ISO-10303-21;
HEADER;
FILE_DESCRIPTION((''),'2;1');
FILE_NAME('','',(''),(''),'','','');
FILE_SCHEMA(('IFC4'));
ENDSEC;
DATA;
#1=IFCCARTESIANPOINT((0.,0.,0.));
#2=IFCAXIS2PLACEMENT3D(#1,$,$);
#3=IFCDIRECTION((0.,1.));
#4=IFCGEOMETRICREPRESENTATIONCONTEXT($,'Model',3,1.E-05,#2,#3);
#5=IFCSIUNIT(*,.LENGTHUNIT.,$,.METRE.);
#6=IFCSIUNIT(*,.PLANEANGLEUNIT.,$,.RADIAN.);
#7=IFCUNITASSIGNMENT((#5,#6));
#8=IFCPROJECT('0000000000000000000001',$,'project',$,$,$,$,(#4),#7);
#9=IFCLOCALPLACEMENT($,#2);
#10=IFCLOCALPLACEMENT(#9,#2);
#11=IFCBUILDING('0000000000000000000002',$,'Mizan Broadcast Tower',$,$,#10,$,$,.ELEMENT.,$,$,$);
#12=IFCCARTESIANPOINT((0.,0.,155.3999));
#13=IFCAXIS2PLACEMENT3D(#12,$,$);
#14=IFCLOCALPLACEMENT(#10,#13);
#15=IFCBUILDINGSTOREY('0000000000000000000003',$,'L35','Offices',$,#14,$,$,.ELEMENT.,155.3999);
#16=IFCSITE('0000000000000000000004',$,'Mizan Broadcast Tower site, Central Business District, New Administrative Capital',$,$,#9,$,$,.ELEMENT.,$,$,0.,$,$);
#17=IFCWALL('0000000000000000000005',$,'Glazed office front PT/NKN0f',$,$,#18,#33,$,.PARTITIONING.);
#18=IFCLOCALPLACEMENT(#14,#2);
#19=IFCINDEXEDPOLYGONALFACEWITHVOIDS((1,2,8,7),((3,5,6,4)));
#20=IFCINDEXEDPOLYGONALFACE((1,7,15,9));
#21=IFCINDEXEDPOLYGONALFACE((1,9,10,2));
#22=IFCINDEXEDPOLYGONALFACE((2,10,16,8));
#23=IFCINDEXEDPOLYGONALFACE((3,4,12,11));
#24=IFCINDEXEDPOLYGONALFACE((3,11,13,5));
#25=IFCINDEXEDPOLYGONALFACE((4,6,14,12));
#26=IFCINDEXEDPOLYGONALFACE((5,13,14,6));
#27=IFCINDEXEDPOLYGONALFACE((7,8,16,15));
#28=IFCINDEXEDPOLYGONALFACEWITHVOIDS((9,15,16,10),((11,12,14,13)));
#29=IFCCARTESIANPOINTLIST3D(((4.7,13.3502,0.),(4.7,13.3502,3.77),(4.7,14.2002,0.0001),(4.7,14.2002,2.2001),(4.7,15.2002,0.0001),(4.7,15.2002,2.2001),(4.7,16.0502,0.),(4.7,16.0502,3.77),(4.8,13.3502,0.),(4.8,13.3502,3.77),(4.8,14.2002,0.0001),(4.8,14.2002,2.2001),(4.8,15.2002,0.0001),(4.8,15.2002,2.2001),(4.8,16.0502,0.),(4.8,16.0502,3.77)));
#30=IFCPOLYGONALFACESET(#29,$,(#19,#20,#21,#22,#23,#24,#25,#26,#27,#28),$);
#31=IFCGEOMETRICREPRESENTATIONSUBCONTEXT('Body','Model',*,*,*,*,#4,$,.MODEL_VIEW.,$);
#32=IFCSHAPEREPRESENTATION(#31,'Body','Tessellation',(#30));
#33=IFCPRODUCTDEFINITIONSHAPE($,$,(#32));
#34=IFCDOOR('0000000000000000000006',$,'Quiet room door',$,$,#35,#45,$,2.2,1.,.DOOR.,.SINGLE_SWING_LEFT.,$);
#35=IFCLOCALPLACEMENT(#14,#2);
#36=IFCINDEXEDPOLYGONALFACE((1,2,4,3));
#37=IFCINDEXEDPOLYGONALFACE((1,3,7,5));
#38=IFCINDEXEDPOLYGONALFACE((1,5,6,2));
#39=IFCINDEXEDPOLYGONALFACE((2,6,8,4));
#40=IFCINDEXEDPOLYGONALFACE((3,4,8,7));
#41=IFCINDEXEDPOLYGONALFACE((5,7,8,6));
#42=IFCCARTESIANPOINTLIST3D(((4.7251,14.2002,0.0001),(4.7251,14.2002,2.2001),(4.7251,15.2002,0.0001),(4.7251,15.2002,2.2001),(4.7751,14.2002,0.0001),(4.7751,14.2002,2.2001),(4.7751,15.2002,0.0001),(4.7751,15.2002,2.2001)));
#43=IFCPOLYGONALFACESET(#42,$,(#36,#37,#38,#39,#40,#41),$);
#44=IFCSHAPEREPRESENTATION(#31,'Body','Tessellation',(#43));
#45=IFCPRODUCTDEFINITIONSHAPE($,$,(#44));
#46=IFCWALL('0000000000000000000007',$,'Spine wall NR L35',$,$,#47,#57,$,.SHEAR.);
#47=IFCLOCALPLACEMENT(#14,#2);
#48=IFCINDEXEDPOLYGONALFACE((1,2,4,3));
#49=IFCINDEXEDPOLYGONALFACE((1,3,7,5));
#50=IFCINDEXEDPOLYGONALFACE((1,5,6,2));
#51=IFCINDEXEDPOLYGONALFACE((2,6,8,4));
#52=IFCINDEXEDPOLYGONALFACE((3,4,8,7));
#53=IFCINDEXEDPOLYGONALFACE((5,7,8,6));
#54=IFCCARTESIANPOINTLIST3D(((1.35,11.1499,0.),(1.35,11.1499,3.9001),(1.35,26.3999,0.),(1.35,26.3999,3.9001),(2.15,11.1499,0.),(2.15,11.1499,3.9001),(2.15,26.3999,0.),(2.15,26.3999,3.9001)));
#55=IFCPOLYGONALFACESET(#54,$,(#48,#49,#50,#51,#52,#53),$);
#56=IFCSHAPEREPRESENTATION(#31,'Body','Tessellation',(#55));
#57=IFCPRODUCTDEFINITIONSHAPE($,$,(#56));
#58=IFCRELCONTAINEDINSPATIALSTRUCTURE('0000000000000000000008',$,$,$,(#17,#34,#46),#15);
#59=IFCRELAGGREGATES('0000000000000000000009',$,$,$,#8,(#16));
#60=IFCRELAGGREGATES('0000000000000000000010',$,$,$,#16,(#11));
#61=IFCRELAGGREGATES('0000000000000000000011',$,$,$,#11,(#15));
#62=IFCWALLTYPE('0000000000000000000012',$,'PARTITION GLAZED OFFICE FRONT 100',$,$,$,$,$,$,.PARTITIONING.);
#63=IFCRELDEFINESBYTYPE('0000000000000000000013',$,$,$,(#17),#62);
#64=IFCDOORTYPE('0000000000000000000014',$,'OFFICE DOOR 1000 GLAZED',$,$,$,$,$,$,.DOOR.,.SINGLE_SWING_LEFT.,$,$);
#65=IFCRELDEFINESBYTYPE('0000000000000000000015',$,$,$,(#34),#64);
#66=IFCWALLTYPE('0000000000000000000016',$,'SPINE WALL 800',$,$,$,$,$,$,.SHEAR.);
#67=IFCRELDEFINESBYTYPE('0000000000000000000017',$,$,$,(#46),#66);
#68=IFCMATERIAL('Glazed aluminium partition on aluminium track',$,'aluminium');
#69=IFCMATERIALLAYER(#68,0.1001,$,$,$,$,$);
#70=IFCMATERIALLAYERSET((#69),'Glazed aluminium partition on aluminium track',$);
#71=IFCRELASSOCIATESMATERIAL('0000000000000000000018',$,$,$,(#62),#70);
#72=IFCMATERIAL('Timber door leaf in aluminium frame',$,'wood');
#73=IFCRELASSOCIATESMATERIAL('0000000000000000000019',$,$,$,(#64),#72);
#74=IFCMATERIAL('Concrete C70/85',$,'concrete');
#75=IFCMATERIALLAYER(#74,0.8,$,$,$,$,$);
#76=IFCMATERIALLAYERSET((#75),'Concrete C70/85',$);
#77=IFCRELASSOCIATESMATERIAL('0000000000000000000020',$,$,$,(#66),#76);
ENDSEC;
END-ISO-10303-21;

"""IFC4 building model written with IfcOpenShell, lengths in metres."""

from ifc_helpers import new_model, si_unit, direction, frame, frame_2d, origin, place, context, subcontext, project, spatial, rectangle, extrude, material, layer, layer_set, type_object, element, fill, save


model = new_model("IFC4")

# Units and contexts
model_context = context("Model", 3, precision=1e-05, world=origin(), true_north=direction((0.0, 1.0)))
body_context = subcontext(model_context, "Body", "Model", "MODEL_VIEW")
ifc_project = project(units=[si_unit("LENGTHUNIT", "METRE"), si_unit("PLANEANGLEUNIT", "RADIAN")], contexts=[model_context])

# Site, building, storey
site_placement = place(None, origin())
site = spatial("IfcSite", under=ifc_project, at=site_placement, Name="Mizan Broadcast Tower site, Central Business District, New Administrative Capital", CompositionType="ELEMENT", RefElevation=0.0)
building_placement = place(site_placement, origin())
building = spatial("IfcBuilding", under=site, at=building_placement, Name="Mizan Broadcast Tower", CompositionType="ELEMENT")
storey_placement = place(building_placement, frame((0.0, 0.0, 155.3999)))
storey = spatial("IfcBuildingStorey", under=building, at=storey_placement, Name="L35", Description="Offices", CompositionType="ELEMENT", Elevation=155.3999)

# Shared definitions
ifc_material_1 = material(Name="Glazed aluminium partition on aluminium track", Category="aluminium")
ifc_layer_1 = layer(ifc_material_1, 0.1001)
ifc_layer_set_1 = layer_set([ifc_layer_1], Name="Glazed aluminium partition on aluminium track")
wall_type_1 = type_object("IfcWallType", Name="PARTITION GLAZED OFFICE FRONT 100", PredefinedType="PARTITIONING", material=ifc_layer_set_1)

# Wall, opening, door
wall_1_placement = place(storey_placement, frame((4.75, 13.3501, 0.0), z_axis=(0.0, 0.0, 1.0), x_axis=(0.0, 1.0, 0.0)))
wall_1 = element("IfcWall", 1, at=wall_1_placement, inside=storey, type_object=wall_type_1, Name="Glazed office front PT/NKN0f", PredefinedType="PARTITIONING", context=body_context, shape_type="SweptSolid", body=[
    extrude(rectangle(XDim=2.7, YDim=0.1001, at=frame_2d((1.3501, 0.0))), origin(), (0.0, 0.0, 1.0), 3.77),
])
opening_placement = place(wall_1_placement, frame((0.8501, 0.0, 0.0)))
opening = element("IfcOpeningElement", 2, at=opening_placement, cuts=wall_1, PredefinedType="OPENING", context=body_context, shape_type="SweptSolid", body=[
    extrude(rectangle(XDim=1.0, YDim=2.2, at=frame_2d((0.5, 1.1001))), frame((0.0, 0.0601, 0.0), z_axis=(0.0, -1.0, 0.0), x_axis=(1.0, 0.0, 0.0)), (0.0, 0.0, 1.0), 0.1201),
])
ifc_material_2 = material(Name="Timber door leaf in aluminium frame", Category="wood")
door_type = type_object("IfcDoorType", Name="OFFICE DOOR 1000 GLAZED", OperationType="SINGLE_SWING_LEFT", PredefinedType="DOOR", material=ifc_material_2)
door_placement = place(opening_placement, origin())
door = element("IfcDoor", 3, at=door_placement, inside=storey, type_object=door_type, Name="Quiet room door", OperationType="SINGLE_SWING_LEFT", OverallHeight=2.2, OverallWidth=1.0, PredefinedType="DOOR", context=body_context, shape_type="SweptSolid", body=[
    extrude(rectangle(XDim=1.0, YDim=2.2, at=frame_2d((0.5, 1.1001))), frame((0.0, 0.0249, 0.0), z_axis=(0.0, -1.0, 0.0), x_axis=(1.0, 0.0, 0.0)), (0.0, 0.0, 1.0), 0.05),
])
fill(opening, door)

# Wall
ifc_material_3 = material(Name="Concrete C70/85", Category="concrete")
ifc_layer_2 = layer(ifc_material_3, 0.8)
ifc_layer_set_2 = layer_set([ifc_layer_2], Name="Concrete C70/85")
wall_type_2 = type_object("IfcWallType", Name="SPINE WALL 800", PredefinedType="SHEAR", material=ifc_layer_set_2)
wall_2_placement = place(storey_placement, frame((1.75, 11.1499, 0.0), z_axis=(0.0, 0.0, 1.0), x_axis=(0.0, 1.0, 0.0)))
element("IfcWall", 4, at=wall_2_placement, inside=storey, type_object=wall_type_2, Name="Spine wall NR L35", PredefinedType="SHEAR", context=body_context, shape_type="SweptSolid", body=[
    extrude(rectangle(XDim=15.25, YDim=0.8, at=frame_2d((7.625, 0.0))), origin(), (0.0, 0.0, 1.0), 3.9001),
])

save(model, "model.ifc")
